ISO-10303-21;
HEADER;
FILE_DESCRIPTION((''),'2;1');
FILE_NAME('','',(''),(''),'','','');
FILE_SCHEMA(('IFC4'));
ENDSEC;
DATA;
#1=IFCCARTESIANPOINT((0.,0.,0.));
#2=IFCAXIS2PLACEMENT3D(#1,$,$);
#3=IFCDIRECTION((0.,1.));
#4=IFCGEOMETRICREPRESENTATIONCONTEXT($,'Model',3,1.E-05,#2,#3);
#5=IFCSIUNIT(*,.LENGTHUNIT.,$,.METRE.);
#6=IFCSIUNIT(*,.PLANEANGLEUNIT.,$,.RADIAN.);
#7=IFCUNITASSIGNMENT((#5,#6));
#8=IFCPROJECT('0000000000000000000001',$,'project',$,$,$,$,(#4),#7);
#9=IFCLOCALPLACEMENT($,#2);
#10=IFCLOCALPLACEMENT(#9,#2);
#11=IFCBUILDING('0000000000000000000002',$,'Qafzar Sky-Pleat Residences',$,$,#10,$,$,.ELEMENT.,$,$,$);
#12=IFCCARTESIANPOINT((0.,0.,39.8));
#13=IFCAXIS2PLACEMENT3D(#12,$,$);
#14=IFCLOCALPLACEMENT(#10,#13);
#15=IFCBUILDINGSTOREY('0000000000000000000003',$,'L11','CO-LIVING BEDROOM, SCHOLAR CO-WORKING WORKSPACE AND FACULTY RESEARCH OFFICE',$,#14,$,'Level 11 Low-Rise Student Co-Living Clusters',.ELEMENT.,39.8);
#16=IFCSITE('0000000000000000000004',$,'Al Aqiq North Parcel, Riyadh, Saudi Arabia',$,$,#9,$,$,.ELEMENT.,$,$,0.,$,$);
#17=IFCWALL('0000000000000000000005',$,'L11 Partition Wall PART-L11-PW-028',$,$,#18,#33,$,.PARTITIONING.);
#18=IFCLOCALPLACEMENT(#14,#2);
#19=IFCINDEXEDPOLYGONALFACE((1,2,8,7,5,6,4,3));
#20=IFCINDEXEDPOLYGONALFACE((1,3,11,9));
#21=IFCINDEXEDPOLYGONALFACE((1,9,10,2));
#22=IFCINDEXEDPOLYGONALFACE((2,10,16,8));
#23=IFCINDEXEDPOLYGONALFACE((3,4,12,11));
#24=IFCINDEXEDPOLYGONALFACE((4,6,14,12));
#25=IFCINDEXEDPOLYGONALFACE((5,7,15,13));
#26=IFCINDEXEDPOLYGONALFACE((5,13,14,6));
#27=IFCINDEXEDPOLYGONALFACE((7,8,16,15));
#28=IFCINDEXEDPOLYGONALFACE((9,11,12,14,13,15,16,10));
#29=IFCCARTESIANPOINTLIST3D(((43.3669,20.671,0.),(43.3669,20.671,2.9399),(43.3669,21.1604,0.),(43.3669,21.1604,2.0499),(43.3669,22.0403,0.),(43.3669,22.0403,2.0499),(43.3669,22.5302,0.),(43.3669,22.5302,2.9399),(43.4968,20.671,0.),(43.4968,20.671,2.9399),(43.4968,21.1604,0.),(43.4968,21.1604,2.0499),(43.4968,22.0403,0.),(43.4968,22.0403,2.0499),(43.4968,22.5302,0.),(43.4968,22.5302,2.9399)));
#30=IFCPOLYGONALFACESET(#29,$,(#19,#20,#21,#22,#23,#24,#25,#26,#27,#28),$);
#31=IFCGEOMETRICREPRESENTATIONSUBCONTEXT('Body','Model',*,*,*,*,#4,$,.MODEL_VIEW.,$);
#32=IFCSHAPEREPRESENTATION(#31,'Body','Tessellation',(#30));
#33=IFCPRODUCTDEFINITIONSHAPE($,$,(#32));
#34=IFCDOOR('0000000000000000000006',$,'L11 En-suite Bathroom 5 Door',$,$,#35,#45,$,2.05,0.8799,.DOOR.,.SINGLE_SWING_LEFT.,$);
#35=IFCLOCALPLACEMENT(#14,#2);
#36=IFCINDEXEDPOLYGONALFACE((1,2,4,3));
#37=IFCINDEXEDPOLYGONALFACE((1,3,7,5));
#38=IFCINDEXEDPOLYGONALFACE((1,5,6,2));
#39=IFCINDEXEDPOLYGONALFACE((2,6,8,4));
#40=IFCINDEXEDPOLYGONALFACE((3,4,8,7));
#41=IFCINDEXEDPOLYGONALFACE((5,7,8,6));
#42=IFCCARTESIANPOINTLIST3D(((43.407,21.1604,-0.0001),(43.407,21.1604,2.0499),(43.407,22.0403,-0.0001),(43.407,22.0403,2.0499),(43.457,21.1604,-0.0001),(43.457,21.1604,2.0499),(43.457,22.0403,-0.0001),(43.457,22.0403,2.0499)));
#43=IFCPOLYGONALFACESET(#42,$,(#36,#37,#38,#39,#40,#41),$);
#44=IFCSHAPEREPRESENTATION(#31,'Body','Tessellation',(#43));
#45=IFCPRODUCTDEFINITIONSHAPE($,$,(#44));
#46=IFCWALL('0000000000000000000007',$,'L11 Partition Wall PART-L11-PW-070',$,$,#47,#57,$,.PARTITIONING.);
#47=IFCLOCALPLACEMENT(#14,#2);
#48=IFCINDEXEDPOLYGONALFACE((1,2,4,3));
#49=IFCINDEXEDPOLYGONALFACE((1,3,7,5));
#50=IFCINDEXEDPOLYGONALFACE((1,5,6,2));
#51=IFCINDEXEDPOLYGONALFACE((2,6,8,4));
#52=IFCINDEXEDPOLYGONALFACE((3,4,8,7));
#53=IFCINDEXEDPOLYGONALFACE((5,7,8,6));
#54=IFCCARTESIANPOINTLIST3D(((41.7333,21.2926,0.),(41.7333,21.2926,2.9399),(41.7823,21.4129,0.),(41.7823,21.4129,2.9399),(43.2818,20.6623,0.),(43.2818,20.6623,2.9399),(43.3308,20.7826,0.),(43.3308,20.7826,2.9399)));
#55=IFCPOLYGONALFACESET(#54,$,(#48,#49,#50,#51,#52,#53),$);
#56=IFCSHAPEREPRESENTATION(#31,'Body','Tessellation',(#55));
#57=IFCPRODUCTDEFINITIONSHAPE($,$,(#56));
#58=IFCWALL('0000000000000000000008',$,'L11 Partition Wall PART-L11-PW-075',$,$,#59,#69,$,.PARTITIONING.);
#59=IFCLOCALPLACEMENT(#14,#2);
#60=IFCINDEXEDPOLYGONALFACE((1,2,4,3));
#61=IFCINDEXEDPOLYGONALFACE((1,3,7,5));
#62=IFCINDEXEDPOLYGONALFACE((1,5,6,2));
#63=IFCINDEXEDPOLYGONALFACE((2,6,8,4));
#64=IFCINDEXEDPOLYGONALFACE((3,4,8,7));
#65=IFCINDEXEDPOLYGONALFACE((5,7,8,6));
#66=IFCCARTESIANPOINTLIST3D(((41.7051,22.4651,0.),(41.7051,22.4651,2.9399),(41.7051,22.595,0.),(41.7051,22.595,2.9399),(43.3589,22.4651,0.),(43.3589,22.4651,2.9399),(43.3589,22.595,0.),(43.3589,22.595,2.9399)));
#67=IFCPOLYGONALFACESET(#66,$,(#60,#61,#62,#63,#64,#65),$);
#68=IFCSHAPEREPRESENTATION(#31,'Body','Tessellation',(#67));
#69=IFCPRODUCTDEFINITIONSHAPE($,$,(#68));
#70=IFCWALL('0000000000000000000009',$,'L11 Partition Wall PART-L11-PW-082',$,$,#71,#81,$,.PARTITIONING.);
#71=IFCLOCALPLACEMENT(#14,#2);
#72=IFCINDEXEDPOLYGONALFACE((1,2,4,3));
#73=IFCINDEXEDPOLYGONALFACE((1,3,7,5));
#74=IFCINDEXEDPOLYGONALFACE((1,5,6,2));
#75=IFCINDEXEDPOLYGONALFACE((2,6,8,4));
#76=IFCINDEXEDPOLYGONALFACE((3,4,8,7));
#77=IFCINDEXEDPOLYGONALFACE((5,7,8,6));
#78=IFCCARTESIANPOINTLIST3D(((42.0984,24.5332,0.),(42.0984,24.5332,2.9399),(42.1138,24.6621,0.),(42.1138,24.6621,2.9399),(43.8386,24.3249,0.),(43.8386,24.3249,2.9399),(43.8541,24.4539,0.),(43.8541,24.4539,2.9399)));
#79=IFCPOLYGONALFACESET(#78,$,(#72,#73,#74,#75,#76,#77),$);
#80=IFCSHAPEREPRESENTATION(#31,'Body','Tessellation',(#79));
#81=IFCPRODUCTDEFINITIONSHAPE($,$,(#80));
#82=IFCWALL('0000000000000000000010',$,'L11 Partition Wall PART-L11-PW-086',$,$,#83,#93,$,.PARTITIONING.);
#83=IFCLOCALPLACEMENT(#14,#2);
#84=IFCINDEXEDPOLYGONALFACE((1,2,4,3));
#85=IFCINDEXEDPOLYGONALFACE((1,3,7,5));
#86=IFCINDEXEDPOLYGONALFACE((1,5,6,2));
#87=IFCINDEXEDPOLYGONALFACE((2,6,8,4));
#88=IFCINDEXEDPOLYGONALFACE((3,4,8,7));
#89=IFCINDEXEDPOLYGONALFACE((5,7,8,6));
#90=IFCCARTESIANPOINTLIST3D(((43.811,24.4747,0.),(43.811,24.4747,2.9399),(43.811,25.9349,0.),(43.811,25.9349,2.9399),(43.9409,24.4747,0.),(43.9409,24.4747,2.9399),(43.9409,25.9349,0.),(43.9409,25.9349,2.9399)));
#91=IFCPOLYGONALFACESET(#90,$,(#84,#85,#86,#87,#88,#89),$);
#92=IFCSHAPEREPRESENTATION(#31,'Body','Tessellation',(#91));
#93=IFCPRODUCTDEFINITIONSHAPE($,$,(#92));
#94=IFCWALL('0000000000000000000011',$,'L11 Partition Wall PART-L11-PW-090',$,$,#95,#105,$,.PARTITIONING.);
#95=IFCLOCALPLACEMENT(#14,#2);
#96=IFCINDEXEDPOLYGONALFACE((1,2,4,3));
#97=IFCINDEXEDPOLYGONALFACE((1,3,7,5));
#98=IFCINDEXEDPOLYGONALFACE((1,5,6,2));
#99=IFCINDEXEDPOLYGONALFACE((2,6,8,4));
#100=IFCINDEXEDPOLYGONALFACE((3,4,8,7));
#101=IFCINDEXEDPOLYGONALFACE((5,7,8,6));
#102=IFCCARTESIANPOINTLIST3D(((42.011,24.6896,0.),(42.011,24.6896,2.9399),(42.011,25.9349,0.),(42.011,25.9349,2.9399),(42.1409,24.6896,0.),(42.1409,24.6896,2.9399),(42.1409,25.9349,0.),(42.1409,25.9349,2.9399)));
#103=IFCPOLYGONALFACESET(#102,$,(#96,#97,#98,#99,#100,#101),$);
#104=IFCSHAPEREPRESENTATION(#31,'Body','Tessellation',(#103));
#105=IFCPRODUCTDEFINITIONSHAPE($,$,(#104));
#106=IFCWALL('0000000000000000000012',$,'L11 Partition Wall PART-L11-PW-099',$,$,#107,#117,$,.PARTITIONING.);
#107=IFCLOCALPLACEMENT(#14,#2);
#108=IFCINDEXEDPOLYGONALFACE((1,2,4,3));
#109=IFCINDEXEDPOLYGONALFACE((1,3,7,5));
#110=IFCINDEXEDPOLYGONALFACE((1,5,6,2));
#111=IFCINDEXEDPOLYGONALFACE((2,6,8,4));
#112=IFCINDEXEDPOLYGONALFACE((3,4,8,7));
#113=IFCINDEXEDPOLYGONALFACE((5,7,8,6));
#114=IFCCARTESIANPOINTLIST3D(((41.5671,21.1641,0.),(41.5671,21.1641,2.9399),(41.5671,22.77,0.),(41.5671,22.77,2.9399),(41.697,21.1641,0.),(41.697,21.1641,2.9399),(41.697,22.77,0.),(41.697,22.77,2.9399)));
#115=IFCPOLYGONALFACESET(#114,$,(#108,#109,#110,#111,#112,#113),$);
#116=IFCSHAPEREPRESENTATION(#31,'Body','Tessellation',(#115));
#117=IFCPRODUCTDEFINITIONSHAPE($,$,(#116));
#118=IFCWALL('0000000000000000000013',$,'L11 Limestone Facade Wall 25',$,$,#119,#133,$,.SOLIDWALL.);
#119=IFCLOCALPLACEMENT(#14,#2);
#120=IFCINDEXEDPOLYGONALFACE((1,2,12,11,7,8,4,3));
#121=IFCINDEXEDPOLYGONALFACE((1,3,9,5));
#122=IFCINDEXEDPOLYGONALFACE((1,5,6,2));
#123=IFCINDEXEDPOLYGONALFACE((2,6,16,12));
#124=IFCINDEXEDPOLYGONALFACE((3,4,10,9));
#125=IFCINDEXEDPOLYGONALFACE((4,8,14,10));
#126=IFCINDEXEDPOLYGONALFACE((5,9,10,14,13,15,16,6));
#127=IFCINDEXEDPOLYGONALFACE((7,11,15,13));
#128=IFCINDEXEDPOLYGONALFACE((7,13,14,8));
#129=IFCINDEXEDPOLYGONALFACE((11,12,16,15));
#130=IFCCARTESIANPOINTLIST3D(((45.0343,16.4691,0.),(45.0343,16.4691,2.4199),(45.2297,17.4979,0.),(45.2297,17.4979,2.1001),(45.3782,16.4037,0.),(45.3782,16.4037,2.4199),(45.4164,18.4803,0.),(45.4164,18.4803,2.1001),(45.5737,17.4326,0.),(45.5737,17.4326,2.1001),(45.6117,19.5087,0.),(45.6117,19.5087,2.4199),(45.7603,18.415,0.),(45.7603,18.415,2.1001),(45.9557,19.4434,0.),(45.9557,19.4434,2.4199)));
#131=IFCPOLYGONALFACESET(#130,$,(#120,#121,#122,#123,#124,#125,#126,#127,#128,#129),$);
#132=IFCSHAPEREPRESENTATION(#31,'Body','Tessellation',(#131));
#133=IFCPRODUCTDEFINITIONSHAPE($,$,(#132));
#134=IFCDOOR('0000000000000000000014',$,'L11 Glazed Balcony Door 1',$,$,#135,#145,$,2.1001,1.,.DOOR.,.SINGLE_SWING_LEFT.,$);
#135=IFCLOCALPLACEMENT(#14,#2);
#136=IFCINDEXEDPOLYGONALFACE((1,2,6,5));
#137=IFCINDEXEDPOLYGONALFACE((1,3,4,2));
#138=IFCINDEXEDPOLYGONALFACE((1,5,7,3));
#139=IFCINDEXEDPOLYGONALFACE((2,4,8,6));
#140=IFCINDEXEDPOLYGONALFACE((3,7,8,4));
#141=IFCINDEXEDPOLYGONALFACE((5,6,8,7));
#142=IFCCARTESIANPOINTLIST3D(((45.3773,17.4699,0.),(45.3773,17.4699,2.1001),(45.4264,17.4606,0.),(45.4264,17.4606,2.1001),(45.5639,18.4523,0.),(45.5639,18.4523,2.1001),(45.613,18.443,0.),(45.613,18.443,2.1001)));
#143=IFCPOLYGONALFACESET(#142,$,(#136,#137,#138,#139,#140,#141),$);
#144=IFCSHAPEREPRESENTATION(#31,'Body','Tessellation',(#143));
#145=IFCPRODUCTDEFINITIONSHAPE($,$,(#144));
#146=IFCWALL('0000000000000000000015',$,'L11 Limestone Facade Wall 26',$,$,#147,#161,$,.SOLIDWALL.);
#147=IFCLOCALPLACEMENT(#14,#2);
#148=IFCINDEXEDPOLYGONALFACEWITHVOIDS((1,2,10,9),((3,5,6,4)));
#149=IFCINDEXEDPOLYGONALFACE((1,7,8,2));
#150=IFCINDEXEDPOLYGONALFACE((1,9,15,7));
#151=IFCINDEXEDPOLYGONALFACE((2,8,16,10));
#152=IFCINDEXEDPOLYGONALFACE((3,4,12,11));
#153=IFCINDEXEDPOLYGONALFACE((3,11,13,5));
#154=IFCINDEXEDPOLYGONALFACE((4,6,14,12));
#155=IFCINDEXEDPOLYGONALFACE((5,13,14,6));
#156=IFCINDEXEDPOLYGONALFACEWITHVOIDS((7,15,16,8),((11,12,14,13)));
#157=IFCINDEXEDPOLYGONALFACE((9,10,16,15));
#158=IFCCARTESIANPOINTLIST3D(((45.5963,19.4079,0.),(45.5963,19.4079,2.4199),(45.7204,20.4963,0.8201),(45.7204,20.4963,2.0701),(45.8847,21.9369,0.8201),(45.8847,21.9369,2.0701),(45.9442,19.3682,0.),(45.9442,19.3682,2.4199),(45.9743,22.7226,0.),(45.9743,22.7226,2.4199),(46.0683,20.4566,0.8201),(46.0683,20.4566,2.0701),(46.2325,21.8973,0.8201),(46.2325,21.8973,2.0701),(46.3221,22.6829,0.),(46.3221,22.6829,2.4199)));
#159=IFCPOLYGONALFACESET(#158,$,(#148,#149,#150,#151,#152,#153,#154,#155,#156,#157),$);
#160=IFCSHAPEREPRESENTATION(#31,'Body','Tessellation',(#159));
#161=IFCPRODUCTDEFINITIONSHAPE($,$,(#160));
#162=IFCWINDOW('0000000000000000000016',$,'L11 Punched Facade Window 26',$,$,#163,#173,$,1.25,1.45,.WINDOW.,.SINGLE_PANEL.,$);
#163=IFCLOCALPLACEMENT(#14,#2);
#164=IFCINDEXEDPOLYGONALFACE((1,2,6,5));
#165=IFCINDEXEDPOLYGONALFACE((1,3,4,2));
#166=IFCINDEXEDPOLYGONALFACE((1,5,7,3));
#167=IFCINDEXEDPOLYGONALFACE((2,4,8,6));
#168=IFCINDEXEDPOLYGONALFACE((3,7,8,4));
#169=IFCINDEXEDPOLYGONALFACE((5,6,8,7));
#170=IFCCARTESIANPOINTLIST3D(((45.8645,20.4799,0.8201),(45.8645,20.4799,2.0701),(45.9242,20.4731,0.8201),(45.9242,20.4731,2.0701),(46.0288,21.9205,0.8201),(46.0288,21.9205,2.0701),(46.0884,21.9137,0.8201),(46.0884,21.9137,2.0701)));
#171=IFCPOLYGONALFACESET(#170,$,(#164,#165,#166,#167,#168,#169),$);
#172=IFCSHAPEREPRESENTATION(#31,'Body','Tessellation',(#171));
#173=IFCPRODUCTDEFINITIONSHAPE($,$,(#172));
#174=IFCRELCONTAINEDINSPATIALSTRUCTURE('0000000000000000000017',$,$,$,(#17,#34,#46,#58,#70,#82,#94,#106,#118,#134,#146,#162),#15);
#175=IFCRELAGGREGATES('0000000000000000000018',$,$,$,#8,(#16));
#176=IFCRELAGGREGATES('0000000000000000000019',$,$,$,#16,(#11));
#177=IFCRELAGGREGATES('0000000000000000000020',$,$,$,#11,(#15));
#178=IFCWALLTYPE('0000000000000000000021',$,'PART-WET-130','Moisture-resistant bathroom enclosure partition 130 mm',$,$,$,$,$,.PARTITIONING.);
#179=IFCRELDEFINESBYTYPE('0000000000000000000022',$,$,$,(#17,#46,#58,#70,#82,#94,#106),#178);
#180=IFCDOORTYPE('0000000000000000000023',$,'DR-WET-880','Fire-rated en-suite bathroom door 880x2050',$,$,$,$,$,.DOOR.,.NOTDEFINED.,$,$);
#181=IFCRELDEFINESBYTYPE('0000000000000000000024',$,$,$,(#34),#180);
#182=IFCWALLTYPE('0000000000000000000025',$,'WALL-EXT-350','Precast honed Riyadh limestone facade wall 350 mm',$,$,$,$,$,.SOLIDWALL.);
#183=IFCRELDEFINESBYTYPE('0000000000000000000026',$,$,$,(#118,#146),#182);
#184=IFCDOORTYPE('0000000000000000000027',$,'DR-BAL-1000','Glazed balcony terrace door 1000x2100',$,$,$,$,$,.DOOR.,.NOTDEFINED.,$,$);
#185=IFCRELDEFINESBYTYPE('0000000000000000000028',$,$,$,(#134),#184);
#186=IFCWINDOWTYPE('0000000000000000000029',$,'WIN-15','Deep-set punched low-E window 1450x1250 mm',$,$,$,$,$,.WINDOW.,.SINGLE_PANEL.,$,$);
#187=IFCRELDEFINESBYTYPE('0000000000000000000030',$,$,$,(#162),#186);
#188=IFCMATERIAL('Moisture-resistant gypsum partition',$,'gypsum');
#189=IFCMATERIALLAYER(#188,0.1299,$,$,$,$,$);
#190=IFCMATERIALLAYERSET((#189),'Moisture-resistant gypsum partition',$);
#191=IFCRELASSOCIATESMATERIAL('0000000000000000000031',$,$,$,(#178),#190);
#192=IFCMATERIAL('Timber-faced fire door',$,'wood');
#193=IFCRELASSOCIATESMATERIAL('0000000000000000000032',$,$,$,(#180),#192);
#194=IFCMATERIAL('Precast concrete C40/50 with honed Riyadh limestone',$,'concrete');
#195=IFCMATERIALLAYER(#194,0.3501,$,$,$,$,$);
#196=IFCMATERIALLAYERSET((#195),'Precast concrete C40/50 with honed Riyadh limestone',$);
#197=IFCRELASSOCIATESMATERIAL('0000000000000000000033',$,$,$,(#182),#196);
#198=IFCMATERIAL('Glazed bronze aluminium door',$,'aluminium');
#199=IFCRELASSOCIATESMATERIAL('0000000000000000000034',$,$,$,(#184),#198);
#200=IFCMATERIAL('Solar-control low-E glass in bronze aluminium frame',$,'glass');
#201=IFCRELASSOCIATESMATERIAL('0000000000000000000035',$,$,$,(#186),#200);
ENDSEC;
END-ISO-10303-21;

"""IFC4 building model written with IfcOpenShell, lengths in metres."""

from ifc_helpers import new_model, si_unit, direction, frame, frame_2d, origin, place, context, subcontext, project, spatial, rectangle, extrude, source, transform, mapped, material, layer, layer_set, type_object, element, fill, save


model = new_model("IFC4")

# Units and contexts
model_context = context("Model", 3, precision=1e-05, world=origin(), true_north=direction((0.0, 1.0)))
body_context = subcontext(model_context, "Body", "Model", "MODEL_VIEW")
ifc_project = project(units=[si_unit("LENGTHUNIT", "METRE"), si_unit("PLANEANGLEUNIT", "RADIAN")], contexts=[model_context])

# Site, building, storey
site_placement = place(None, origin())
site = spatial("IfcSite", under=ifc_project, at=site_placement, Name="Al Aqiq North Parcel, Riyadh, Saudi Arabia", CompositionType="ELEMENT", RefElevation=0.0)
building_placement = place(site_placement, origin())
building = spatial("IfcBuilding", under=site, at=building_placement, Name="Qafzar Sky-Pleat Residences", CompositionType="ELEMENT")
storey_placement = place(building_placement, frame((0.0, 0.0, 39.8)))
storey = spatial("IfcBuildingStorey", under=building, at=storey_placement, Name="L11", Description="CO-LIVING BEDROOM, SCHOLAR CO-WORKING WORKSPACE AND FACULTY RESEARCH OFFICE", LongName="Level 11 Low-Rise Student Co-Living Clusters", CompositionType="ELEMENT", Elevation=39.8)

# Wall, opening, door
ifc_material_1 = material(Name="Moisture-resistant gypsum partition", Category="gypsum")
ifc_layer_1 = layer(ifc_material_1, 0.1299)
ifc_layer_set_1 = layer_set([ifc_layer_1], Name="Moisture-resistant gypsum partition")
wall_type_1 = type_object("IfcWallType", Name="PART-WET-130", Description="Moisture-resistant bathroom enclosure partition 130 mm", PredefinedType="PARTITIONING", material=ifc_layer_set_1)
wall_1_placement = place(storey_placement, frame((43.4319, 20.6709, 0.0), z_axis=(0.0, 0.0, 1.0), x_axis=(0.0, 1.0, 0.0)))
wall_1 = element("IfcWall", 1, at=wall_1_placement, inside=storey, type_object=wall_type_1, Name="L11 Partition Wall PART-L11-PW-028", PredefinedType="PARTITIONING", context=body_context, shape_type="SweptSolid", body=[
    extrude(rectangle(XDim=1.8591, YDim=0.1299, at=frame_2d((0.9297, 0.0))), origin(), (0.0, 0.0, 1.0), 2.9399),
])
opening_1_placement = place(wall_1_placement, frame((0.4895, 0.0, 0.0)))
opening_1 = element("IfcOpeningElement", 2, at=opening_1_placement, cuts=wall_1, PredefinedType="OPENING", context=body_context, shape_type="SweptSolid", body=[
    extrude(rectangle(XDim=0.8799, YDim=2.05, at=frame_2d((0.4399, 1.0249))), frame((0.0, 0.075, 0.0), z_axis=(0.0, -1.0, 0.0), x_axis=(1.0, 0.0, 0.0)), (0.0, 0.0, 1.0), 0.1499),
])
ifc_material_2 = material(Name="Timber-faced fire door", Category="wood")
door_type_1 = type_object("IfcDoorType", Name="DR-WET-880", Description="Fire-rated en-suite bathroom door 880x2050", OperationType="NOTDEFINED", PredefinedType="DOOR", material=ifc_material_2)
shared_shape_1 = source(origin(), body_context, "Body", "SweptSolid", [
    extrude(rectangle(XDim=0.8799, YDim=2.05, at=frame_2d((0.4399, 1.0249))), frame((0.0, 0.0249, 0.0), z_axis=(0.0, -1.0, 0.0), x_axis=(1.0, 0.0, 0.0)), (0.0, 0.0, 1.0), 0.05),
])
door_1_placement = place(opening_1_placement, origin())
door_1 = element("IfcDoor", 3, at=door_1_placement, inside=storey, type_object=door_type_1, Name="L11 En-suite Bathroom 5 Door", OperationType="SINGLE_SWING_LEFT", OverallHeight=2.05, OverallWidth=0.8799, PredefinedType="DOOR", context=body_context, shape_type="MappedRepresentation", body=[
    mapped(shared_shape_1, transform((0.0, 0.0, 0.0), x_axis=(1.0, 0.0, 0.0), y_axis=(0.0, 1.0, 0.0), z_axis=(0.0, 0.0, 1.0), scale=1.0)),
])
fill(opening_1, door_1)

# Walls
wall_2_placement = place(storey_placement, frame((41.7578, 21.3528, 0.0), z_axis=(0.0, 0.0, 1.0), x_axis=(0.926204, -0.377023, 0.0)))
element("IfcWall", 4, at=wall_2_placement, inside=storey, type_object=wall_type_1, Name="L11 Partition Wall PART-L11-PW-070", PredefinedType="PARTITIONING", context=body_context, shape_type="SweptSolid", body=[
    extrude(rectangle(XDim=1.6719, YDim=0.1299, at=frame_2d((0.8359, 0.0))), origin(), (0.0, 0.0, 1.0), 2.9399),
])
wall_3_placement = place(storey_placement, frame((41.7051, 22.53, 0.0), z_axis=(0.0, 0.0, 1.0), x_axis=(1.0, 0.0, 0.0)))
element("IfcWall", 5, at=wall_3_placement, inside=storey, type_object=wall_type_1, Name="L11 Partition Wall PART-L11-PW-075", PredefinedType="PARTITIONING", context=body_context, shape_type="SweptSolid", body=[
    extrude(rectangle(XDim=1.6538, YDim=0.1299, at=frame_2d((0.8269, 0.0))), origin(), (0.0, 0.0, 1.0), 2.9399),
])
wall_4_placement = place(storey_placement, frame((42.106, 24.5977, 0.0), z_axis=(0.0, 0.0, 1.0), x_axis=(0.992916, -0.118821, 0.0)))
element("IfcWall", 6, at=wall_4_placement, inside=storey, type_object=wall_type_1, Name="L11 Partition Wall PART-L11-PW-082", PredefinedType="PARTITIONING", context=body_context, shape_type="SweptSolid", body=[
    extrude(rectangle(XDim=1.7527, YDim=0.1299, at=frame_2d((0.8765, 0.0))), origin(), (0.0, 0.0, 1.0), 2.9399),
])
wall_5_placement = place(storey_placement, frame((43.876, 24.4749, 0.0), z_axis=(0.0, 0.0, 1.0), x_axis=(0.0, 1.0, 0.0)))
element("IfcWall", 7, at=wall_5_placement, inside=storey, type_object=wall_type_1, Name="L11 Partition Wall PART-L11-PW-086", PredefinedType="PARTITIONING", context=body_context, shape_type="SweptSolid", body=[
    extrude(rectangle(XDim=1.4602, YDim=0.1299, at=frame_2d((0.73, 0.0))), origin(), (0.0, 0.0, 1.0), 2.9399),
])
wall_6_placement = place(storey_placement, frame((42.0759, 24.6897, 0.0), z_axis=(0.0, 0.0, 1.0), x_axis=(0.0, 1.0, 0.0)))
element("IfcWall", 8, at=wall_6_placement, inside=storey, type_object=wall_type_1, Name="L11 Partition Wall PART-L11-PW-090", PredefinedType="PARTITIONING", context=body_context, shape_type="SweptSolid", body=[
    extrude(rectangle(XDim=1.2454, YDim=0.1299, at=frame_2d((0.6226, 0.0))), origin(), (0.0, 0.0, 1.0), 2.9399),
])
wall_7_placement = place(storey_placement, frame((41.6321, 21.1641, 0.0), z_axis=(0.0, 0.0, 1.0), x_axis=(0.0, 1.0, 0.0)))
element("IfcWall", 9, at=wall_7_placement, inside=storey, type_object=wall_type_1, Name="L11 Partition Wall PART-L11-PW-099", PredefinedType="PARTITIONING", context=body_context, shape_type="SweptSolid", body=[
    extrude(rectangle(XDim=1.606, YDim=0.1299, at=frame_2d((0.803, 0.0))), origin(), (0.0, 0.0, 1.0), 2.9399),
])

# Wall, opening, door
ifc_material_3 = material(Name="Precast concrete C40/50 with honed Riyadh limestone", Category="concrete")
ifc_layer_2 = layer(ifc_material_3, 0.3501)
ifc_layer_set_2 = layer_set([ifc_layer_2], Name="Precast concrete C40/50 with honed Riyadh limestone")
wall_type_2 = type_object("IfcWallType", Name="WALL-EXT-350", Description="Precast honed Riyadh limestone facade wall 350 mm", PredefinedType="SOLIDWALL", material=ifc_layer_set_2)
wall_8_placement = place(storey_placement, frame((45.2063, 16.4365, 0.0), z_axis=(0.0, 0.0, 1.0), x_axis=(0.186623, 0.982432, 0.0)))
wall_8 = element("IfcWall", 10, at=wall_8_placement, inside=storey, type_object=wall_type_2, Name="L11 Limestone Facade Wall 25", PredefinedType="SOLIDWALL", context=body_context, shape_type="SweptSolid", body=[
    extrude(rectangle(XDim=3.094, YDim=0.3501, at=frame_2d((1.5469, 0.0))), origin(), (0.0, 0.0, 1.0), 2.4199),
])
opening_2_placement = place(wall_8_placement, frame((1.0471, 0.0, 0.0)))
opening_2 = element("IfcOpeningElement", 11, at=opening_2_placement, cuts=wall_8, PredefinedType="OPENING", context=body_context, shape_type="SweptSolid", body=[
    extrude(rectangle(XDim=1.0, YDim=2.1001, at=frame_2d((0.5, 1.05))), frame((0.0, 0.1851, 0.0), z_axis=(0.0, -1.0, 0.0), x_axis=(1.0, 0.0, 0.0)), (0.0, 0.0, 1.0), 0.3701),
])
ifc_material_4 = material(Name="Glazed bronze aluminium door", Category="aluminium")
door_type_2 = type_object("IfcDoorType", Name="DR-BAL-1000", Description="Glazed balcony terrace door 1000x2100", OperationType="NOTDEFINED", PredefinedType="DOOR", material=ifc_material_4)
shared_shape_2 = source(origin(), body_context, "Body", "SweptSolid", [
    extrude(rectangle(XDim=1.0, YDim=2.1001, at=frame_2d((0.5, 1.05))), frame((0.0, 0.0249, 0.0), z_axis=(0.0, -1.0, 0.0), x_axis=(1.0, 0.0, 0.0)), (0.0, 0.0, 1.0), 0.05),
])
door_2_placement = place(opening_2_placement, origin())
door_2 = element("IfcDoor", 12, at=door_2_placement, inside=storey, type_object=door_type_2, Name="L11 Glazed Balcony Door 1", OperationType="SINGLE_SWING_LEFT", OverallHeight=2.1001, OverallWidth=1.0, PredefinedType="DOOR", context=body_context, shape_type="MappedRepresentation", body=[
    mapped(shared_shape_2, transform((0.0, 0.0, 0.0), x_axis=(1.0, 0.0, 0.0), y_axis=(0.0, 1.0, 0.0), z_axis=(0.0, 0.0, 1.0), scale=1.0)),
])
fill(opening_2, door_2)

# Wall, opening, window
wall_9_placement = place(storey_placement, frame((45.7703, 19.3882, 0.0), z_axis=(0.0, 0.0, 1.0), x_axis=(0.113282, 0.993563, 0.0)))
wall_9 = element("IfcWall", 13, at=wall_9_placement, inside=storey, type_object=wall_type_2, Name="L11 Limestone Facade Wall 26", PredefinedType="SOLIDWALL", context=body_context, shape_type="SweptSolid", body=[
    extrude(rectangle(XDim=3.3362, YDim=0.3501, at=frame_2d((1.668, 0.0))), origin(), (0.0, 0.0, 1.0), 2.4199),
])
opening_3_placement = place(wall_9_placement, frame((1.0952, 0.0, 0.8201)))
opening_3 = element("IfcOpeningElement", 14, at=opening_3_placement, cuts=wall_9, PredefinedType="OPENING", context=body_context, shape_type="SweptSolid", body=[
    extrude(rectangle(XDim=1.45, YDim=1.25, at=frame_2d((0.7251, 0.625))), frame((0.0, 0.1851, 0.0), z_axis=(0.0, -1.0, 0.0), x_axis=(1.0, 0.0, 0.0)), (0.0, 0.0, 1.0), 0.3701),
])
ifc_material_5 = material(Name="Solar-control low-E glass in bronze aluminium frame", Category="glass")
window_type_1 = type_object("IfcWindowType", Name="WIN-15", Description="Deep-set punched low-E window 1450x1250 mm", PartitioningType="SINGLE_PANEL", PredefinedType="WINDOW", material=ifc_material_5)
shared_shape_3 = source(origin(), body_context, "Body", "SweptSolid", [
    extrude(rectangle(XDim=1.45, YDim=1.25, at=frame_2d((0.7251, 0.625))), frame((0.0, 0.03, 0.0), z_axis=(0.0, -1.0, 0.0), x_axis=(1.0, 0.0, 0.0)), (0.0, 0.0, 1.0), 0.0601),
])
window_1_placement = place(opening_3_placement, origin())
window_1 = element("IfcWindow", 15, at=window_1_placement, inside=storey, type_object=window_type_1, Name="L11 Punched Facade Window 26", OverallHeight=1.25, OverallWidth=1.45, PartitioningType="SINGLE_PANEL", PredefinedType="WINDOW", context=body_context, shape_type="MappedRepresentation", body=[
    mapped(shared_shape_3, transform((0.0, 0.0, 0.0), x_axis=(1.0, 0.0, 0.0), y_axis=(0.0, 1.0, 0.0), z_axis=(0.0, 0.0, 1.0), scale=1.0)),
])
fill(opening_3, window_1)

save(model, "model.ifc")
